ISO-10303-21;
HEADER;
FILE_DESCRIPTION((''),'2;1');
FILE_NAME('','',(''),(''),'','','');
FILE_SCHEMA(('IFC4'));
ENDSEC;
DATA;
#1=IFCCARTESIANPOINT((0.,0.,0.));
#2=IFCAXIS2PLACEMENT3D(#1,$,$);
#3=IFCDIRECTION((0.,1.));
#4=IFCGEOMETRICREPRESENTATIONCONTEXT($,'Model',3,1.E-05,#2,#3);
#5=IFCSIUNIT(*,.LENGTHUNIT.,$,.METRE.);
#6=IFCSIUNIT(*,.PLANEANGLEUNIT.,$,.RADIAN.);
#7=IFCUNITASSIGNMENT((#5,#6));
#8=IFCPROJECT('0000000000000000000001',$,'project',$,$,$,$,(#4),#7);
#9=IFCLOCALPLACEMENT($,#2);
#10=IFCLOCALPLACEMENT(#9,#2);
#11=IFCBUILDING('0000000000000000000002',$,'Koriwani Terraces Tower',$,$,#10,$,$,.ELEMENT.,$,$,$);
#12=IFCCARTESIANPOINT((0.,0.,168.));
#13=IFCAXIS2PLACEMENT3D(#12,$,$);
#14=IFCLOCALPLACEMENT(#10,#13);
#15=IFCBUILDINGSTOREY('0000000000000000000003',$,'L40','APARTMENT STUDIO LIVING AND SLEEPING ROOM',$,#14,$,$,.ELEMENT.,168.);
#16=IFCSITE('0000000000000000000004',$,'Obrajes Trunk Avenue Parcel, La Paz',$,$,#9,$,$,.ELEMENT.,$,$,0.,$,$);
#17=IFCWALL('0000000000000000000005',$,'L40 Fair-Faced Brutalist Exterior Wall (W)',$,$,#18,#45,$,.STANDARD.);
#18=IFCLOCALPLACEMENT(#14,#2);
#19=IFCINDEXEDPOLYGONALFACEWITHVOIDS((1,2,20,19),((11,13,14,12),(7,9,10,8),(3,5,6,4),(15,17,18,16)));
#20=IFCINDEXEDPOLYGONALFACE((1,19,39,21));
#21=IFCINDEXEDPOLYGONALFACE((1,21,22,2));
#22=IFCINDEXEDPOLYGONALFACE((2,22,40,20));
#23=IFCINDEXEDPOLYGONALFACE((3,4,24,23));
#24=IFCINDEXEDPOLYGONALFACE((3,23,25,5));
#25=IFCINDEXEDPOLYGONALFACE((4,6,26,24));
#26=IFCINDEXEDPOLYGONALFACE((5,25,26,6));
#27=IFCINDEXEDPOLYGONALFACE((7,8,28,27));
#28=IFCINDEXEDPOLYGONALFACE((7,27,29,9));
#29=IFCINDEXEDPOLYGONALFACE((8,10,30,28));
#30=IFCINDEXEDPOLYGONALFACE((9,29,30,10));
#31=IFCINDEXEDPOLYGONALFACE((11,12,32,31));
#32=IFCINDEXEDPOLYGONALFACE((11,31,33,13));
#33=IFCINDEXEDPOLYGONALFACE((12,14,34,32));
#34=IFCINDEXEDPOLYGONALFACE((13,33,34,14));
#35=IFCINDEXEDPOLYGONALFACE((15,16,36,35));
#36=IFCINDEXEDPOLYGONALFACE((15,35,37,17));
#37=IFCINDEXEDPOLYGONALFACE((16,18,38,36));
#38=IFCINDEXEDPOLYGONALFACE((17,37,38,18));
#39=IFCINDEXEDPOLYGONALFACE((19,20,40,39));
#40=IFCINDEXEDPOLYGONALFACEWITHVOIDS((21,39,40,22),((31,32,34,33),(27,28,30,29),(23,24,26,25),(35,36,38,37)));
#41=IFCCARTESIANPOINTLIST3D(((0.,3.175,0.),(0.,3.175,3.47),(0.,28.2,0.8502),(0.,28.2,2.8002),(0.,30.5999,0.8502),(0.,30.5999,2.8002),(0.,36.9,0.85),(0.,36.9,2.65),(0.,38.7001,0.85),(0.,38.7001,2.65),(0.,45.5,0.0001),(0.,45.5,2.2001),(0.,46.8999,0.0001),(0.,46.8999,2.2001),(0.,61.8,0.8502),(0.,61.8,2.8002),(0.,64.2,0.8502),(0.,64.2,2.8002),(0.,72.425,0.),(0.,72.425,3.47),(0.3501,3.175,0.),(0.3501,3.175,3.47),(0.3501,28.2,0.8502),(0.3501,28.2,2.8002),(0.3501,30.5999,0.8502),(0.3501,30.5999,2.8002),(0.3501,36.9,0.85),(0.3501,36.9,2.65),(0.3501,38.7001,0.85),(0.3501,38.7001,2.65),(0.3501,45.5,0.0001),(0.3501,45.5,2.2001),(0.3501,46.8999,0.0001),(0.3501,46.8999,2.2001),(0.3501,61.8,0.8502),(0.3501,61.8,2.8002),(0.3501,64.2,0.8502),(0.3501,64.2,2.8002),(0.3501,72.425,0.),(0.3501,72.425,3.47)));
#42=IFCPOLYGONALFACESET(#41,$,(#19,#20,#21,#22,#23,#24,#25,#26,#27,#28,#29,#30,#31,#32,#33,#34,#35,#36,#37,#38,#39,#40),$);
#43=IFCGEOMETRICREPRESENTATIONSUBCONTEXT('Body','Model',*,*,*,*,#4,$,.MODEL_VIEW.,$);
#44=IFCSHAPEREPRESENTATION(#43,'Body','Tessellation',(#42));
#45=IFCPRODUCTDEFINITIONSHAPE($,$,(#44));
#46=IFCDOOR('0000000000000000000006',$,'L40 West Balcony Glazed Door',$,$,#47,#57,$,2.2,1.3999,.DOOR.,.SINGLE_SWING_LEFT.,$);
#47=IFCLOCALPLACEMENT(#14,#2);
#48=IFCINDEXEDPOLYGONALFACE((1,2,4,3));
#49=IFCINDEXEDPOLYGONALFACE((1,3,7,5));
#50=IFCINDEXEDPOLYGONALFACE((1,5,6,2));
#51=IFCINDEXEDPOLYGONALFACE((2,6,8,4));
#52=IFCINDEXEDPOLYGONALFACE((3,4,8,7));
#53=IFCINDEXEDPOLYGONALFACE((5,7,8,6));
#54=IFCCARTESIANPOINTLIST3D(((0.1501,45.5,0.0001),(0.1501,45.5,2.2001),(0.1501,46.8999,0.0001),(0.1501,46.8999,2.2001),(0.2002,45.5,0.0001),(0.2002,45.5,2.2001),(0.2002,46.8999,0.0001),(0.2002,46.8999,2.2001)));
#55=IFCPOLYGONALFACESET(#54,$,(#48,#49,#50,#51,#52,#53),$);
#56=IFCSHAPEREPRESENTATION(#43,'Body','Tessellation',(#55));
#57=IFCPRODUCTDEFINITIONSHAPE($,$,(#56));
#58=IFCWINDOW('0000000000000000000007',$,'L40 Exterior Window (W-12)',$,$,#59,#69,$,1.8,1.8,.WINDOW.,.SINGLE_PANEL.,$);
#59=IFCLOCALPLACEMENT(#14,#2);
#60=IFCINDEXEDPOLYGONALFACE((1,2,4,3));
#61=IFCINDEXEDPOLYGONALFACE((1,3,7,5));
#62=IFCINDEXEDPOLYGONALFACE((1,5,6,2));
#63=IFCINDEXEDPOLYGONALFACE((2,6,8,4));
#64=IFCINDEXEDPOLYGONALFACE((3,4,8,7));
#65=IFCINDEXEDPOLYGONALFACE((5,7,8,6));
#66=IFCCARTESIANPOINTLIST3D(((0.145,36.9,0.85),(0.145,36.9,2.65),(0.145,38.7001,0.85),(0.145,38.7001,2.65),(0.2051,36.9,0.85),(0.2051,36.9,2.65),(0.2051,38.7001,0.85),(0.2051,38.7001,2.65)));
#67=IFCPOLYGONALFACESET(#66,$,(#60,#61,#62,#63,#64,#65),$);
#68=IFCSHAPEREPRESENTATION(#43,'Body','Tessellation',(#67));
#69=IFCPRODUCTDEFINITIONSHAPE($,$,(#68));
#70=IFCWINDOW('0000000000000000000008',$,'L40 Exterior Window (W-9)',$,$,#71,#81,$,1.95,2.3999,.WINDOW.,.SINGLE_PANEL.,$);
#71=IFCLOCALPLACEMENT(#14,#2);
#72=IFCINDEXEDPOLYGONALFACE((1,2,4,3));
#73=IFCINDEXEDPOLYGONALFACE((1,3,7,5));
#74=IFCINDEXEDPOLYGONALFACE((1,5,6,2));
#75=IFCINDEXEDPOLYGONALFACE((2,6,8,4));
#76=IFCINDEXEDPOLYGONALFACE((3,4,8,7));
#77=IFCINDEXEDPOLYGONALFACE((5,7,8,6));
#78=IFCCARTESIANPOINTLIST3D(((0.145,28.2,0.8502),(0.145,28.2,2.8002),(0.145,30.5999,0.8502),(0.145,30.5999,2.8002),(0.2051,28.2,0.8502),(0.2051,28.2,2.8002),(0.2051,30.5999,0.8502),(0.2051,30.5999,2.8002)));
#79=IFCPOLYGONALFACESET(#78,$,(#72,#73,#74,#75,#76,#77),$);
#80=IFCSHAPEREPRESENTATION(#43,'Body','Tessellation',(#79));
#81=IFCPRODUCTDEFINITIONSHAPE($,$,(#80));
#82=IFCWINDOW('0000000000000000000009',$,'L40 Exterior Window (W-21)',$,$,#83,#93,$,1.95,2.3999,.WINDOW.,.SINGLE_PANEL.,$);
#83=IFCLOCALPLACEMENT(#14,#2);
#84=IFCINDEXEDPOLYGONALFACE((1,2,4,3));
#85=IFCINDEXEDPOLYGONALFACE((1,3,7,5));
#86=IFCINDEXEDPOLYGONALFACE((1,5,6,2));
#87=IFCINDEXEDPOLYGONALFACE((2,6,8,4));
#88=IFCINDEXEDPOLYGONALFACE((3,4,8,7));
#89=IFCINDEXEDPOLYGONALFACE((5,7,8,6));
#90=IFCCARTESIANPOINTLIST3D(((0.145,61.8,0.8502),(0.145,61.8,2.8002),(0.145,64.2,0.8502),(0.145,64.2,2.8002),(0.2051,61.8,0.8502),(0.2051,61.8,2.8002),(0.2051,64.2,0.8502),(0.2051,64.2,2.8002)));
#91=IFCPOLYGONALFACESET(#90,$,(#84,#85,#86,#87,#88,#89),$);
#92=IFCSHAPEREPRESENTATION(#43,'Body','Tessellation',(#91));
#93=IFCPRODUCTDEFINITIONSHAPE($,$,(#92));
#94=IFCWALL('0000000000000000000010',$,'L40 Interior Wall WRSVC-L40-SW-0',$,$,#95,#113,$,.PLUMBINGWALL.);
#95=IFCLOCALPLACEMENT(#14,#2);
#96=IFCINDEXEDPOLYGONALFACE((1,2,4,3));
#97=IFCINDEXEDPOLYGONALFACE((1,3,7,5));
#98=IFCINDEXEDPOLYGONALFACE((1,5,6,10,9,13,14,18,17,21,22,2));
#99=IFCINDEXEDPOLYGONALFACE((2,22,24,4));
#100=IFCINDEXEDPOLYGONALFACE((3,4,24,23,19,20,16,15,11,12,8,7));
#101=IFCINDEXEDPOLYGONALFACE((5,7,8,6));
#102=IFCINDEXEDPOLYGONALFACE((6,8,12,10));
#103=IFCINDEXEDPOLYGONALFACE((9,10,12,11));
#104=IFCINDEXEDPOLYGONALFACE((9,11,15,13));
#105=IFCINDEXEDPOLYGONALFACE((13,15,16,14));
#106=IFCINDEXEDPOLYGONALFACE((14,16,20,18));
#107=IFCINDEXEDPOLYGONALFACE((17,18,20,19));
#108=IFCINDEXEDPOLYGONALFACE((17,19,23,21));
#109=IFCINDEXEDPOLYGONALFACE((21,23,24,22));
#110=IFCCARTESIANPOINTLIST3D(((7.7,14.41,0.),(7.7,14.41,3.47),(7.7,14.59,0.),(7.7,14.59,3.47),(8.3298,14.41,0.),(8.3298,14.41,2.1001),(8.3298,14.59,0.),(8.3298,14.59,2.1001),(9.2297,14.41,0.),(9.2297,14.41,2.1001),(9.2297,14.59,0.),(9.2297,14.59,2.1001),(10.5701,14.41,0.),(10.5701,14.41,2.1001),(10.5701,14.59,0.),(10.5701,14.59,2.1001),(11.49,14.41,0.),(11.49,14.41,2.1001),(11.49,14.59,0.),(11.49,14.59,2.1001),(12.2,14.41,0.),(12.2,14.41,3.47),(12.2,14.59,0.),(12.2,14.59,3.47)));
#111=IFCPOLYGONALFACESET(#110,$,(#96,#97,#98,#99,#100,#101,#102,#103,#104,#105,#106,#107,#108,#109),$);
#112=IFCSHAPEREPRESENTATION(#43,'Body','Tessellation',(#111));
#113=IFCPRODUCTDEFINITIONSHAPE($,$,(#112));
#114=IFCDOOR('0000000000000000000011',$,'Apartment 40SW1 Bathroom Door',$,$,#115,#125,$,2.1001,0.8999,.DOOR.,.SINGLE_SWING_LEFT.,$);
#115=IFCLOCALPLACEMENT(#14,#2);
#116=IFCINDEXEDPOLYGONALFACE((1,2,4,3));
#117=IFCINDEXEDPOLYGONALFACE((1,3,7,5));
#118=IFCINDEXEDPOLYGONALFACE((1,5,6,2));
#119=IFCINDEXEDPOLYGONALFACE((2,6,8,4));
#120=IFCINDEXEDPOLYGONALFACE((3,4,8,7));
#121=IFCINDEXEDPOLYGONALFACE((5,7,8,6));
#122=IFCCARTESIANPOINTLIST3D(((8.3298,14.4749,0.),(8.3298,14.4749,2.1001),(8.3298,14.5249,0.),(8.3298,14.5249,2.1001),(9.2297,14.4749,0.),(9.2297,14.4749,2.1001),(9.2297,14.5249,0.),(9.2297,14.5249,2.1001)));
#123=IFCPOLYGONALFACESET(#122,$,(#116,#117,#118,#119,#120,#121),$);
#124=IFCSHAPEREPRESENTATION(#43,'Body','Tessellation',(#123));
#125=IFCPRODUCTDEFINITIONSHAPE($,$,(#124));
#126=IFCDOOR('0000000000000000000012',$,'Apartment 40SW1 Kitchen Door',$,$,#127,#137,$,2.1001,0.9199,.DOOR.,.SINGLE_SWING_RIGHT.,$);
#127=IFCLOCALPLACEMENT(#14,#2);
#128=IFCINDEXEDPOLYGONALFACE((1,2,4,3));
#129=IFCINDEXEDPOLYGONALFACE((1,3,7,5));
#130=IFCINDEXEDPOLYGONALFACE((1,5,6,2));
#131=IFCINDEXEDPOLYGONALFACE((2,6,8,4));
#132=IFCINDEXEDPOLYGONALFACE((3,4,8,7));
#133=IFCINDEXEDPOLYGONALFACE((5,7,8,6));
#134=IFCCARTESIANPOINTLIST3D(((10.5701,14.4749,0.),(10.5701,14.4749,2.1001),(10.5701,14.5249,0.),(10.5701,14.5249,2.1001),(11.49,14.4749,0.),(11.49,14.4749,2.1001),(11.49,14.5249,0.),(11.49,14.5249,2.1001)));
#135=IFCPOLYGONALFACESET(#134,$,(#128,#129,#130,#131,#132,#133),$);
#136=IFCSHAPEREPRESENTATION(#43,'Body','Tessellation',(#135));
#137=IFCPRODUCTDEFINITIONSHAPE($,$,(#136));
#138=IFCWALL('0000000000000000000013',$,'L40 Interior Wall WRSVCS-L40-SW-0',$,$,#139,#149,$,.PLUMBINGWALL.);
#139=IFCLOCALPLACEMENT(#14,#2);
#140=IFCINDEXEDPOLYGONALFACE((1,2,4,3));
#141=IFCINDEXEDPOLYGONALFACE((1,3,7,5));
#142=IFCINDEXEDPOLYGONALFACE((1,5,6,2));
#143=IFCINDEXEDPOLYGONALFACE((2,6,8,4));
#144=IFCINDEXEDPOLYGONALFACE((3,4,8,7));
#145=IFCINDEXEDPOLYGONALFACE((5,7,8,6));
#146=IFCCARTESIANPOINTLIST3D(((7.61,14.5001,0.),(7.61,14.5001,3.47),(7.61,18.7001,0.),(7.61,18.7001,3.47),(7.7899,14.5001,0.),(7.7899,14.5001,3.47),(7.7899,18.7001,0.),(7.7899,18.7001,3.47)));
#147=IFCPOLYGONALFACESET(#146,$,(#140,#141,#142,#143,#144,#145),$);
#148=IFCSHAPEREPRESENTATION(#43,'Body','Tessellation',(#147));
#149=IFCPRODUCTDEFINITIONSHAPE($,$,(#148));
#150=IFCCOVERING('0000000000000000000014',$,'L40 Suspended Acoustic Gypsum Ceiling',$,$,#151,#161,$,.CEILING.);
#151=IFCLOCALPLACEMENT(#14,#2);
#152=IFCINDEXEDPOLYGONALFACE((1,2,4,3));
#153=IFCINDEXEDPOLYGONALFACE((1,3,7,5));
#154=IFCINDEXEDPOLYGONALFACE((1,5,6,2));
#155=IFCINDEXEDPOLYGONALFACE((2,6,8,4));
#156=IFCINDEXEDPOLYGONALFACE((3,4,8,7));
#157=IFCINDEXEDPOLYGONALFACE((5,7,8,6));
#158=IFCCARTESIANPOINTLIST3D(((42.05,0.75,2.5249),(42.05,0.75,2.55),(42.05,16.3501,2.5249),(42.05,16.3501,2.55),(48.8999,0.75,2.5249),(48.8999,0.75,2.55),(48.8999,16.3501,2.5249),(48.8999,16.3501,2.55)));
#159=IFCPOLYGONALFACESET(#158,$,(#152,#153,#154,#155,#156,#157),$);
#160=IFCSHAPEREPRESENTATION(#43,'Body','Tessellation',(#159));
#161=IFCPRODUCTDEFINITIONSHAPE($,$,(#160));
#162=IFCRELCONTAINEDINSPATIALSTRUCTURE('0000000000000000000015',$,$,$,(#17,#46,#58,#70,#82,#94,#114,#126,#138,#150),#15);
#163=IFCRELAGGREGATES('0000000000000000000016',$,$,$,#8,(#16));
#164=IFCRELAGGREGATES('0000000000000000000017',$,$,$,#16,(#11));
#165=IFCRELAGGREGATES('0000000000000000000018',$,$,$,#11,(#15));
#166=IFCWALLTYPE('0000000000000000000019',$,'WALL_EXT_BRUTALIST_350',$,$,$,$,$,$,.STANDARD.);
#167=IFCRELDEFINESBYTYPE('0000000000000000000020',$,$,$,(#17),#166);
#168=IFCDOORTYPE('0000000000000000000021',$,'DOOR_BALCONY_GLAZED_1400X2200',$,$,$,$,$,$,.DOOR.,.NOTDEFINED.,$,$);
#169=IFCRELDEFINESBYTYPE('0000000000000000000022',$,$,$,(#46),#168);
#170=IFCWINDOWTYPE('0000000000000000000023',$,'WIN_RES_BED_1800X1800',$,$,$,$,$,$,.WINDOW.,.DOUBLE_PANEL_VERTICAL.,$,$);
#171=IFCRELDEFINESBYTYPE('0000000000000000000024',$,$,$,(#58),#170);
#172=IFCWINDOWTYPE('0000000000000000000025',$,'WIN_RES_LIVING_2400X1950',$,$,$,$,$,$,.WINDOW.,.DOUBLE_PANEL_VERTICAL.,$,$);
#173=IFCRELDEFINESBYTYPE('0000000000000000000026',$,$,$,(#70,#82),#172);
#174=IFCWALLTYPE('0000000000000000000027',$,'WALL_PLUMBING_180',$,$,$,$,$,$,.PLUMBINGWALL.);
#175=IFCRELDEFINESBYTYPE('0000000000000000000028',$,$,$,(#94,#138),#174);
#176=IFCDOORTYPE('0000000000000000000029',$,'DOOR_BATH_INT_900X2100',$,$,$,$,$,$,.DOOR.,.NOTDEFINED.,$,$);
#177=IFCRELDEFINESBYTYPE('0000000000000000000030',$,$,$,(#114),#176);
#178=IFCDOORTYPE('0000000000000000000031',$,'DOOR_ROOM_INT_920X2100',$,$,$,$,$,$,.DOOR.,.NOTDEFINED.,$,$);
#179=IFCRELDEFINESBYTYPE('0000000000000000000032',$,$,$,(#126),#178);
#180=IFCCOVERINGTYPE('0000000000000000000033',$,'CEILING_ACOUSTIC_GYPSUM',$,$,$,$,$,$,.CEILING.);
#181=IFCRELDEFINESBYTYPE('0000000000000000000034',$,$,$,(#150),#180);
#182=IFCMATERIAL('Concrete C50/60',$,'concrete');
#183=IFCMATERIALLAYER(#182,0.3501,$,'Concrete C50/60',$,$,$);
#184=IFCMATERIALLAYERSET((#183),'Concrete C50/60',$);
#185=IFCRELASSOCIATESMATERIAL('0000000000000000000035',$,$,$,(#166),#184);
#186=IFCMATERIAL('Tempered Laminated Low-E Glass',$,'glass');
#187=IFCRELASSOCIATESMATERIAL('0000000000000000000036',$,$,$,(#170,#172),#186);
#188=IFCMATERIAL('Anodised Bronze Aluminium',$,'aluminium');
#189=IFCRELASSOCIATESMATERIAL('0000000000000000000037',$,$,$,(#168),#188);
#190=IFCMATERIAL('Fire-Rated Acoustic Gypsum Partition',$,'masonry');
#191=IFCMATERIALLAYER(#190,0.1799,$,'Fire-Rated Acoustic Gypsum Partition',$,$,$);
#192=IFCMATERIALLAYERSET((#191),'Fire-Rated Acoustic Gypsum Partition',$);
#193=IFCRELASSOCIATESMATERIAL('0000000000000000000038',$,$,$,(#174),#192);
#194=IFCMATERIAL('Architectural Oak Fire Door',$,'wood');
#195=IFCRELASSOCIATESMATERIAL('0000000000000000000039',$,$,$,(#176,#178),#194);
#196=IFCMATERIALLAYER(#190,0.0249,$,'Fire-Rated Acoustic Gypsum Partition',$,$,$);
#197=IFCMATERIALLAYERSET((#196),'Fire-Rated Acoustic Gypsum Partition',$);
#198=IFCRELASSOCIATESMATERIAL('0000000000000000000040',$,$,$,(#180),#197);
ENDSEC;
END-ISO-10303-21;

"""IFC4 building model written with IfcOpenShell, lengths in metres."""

from ifc_helpers import new_model, si_unit, direction, frame, frame_2d, origin, place, context, subcontext, project, spatial, polyline, rectangle, outline, extrude, material, layer, layer_set, type_object, element, fill, save


model = new_model("IFC4")

# Units and contexts
model_context = context("Model", 3, precision=1e-05, world=origin(), true_north=direction((0.0, 1.0)))
body_context = subcontext(model_context, "Body", "Model", "MODEL_VIEW")
ifc_project = project(units=[si_unit("LENGTHUNIT", "METRE"), si_unit("PLANEANGLEUNIT", "RADIAN")], contexts=[model_context])

# Site, building, storey
site_placement = place(None, origin())
site = spatial("IfcSite", under=ifc_project, at=site_placement, Name="Obrajes Trunk Avenue Parcel, La Paz", CompositionType="ELEMENT", RefElevation=0.0)
building_placement = place(site_placement, origin())
building = spatial("IfcBuilding", under=site, at=building_placement, Name="Koriwani Terraces Tower", CompositionType="ELEMENT")
storey_placement = place(building_placement, frame((0.0, 0.0, 168.0)))
storey = spatial("IfcBuildingStorey", under=building, at=storey_placement, Name="L40", Description="APARTMENT STUDIO LIVING AND SLEEPING ROOM", CompositionType="ELEMENT", Elevation=168.0)

# Shared definitions
ifc_material_1 = material(Name="Concrete C50/60", Category="concrete")

# Shared definitions
ifc_layer_1 = layer(ifc_material_1, 0.3501, Name="Concrete C50/60")
ifc_layer_set_1 = layer_set([ifc_layer_1], Name="Concrete C50/60")
wall_type_1 = type_object("IfcWallType", Name="WALL_EXT_BRUTALIST_350", PredefinedType="STANDARD", material=ifc_layer_set_1)
ifc_material_2 = material(Name="Tempered Laminated Low-E Glass", Category="glass")
window_type_1 = type_object("IfcWindowType", Name="WIN_RES_BED_1800X1800", PartitioningType="DOUBLE_PANEL_VERTICAL", PredefinedType="WINDOW", material=ifc_material_2)

# Wall, openings, door, windows
wall_1_placement = place(storey_placement, frame((0.175, 3.175, 0.0), z_axis=(0.0, 0.0, 1.0), x_axis=(0.0, 1.0, 0.0)))
wall_1 = element("IfcWall", 1, at=wall_1_placement, inside=storey, type_object=wall_type_1, Name="L40 Fair-Faced Brutalist Exterior Wall (W)", PredefinedType="STANDARD", context=body_context, shape_type="SweptSolid", body=[
    extrude(rectangle(XDim=69.25, YDim=0.3501, at=frame_2d((34.625, 0.0))), origin(), (0.0, 0.0, 1.0), 3.47),
])
opening_1_placement = place(wall_1_placement, frame((42.325, 0.0, 0.0)))
opening_1 = element("IfcOpeningElement", 2, at=opening_1_placement, cuts=wall_1, PredefinedType="OPENING", context=body_context, shape_type="SweptSolid", body=[
    extrude(rectangle(XDim=1.3999, YDim=2.2, at=frame_2d((0.7, 1.1001))), frame((0.0, 0.1851, 0.0), z_axis=(0.0, -1.0, 0.0), x_axis=(1.0, 0.0, 0.0)), (0.0, 0.0, 1.0), 0.3701),
])
opening_2_placement = place(wall_1_placement, frame((25.0249, 0.0, 0.8501)))
opening_2 = element("IfcOpeningElement", 3, at=opening_2_placement, cuts=wall_1, PredefinedType="OPENING", context=body_context, shape_type="SweptSolid", body=[
    extrude(rectangle(XDim=2.3999, YDim=1.95, at=frame_2d((1.2, 0.9751))), frame((0.0, 0.1851, 0.0), z_axis=(0.0, -1.0, 0.0), x_axis=(1.0, 0.0, 0.0)), (0.0, 0.0, 1.0), 0.3701),
])
opening_3_placement = place(wall_1_placement, frame((33.7251, 0.0, 0.8501)))
opening_3 = element("IfcOpeningElement", 4, at=opening_3_placement, cuts=wall_1, PredefinedType="OPENING", context=body_context, shape_type="SweptSolid", body=[
    extrude(rectangle(XDim=1.8, YDim=1.8, at=frame_2d((0.8999, 0.8999))), frame((0.0, 0.1851, 0.0), z_axis=(0.0, -1.0, 0.0), x_axis=(1.0, 0.0, 0.0)), (0.0, 0.0, 1.0), 0.3701),
])
opening_4_placement = place(wall_1_placement, frame((58.625, 0.0, 0.8501)))
opening_4 = element("IfcOpeningElement", 5, at=opening_4_placement, cuts=wall_1, PredefinedType="OPENING", context=body_context, shape_type="SweptSolid", body=[
    extrude(rectangle(XDim=2.3999, YDim=1.95, at=frame_2d((1.2, 0.9751))), frame((0.0, 0.1851, 0.0), z_axis=(0.0, -1.0, 0.0), x_axis=(1.0, 0.0, 0.0)), (0.0, 0.0, 1.0), 0.3701),
])
ifc_material_3 = material(Name="Anodised Bronze Aluminium", Category="aluminium")
door_type_1 = type_object("IfcDoorType", Name="DOOR_BALCONY_GLAZED_1400X2200", OperationType="NOTDEFINED", PredefinedType="DOOR", material=ifc_material_3)
door_1_placement = place(opening_1_placement, origin())
door_1 = element("IfcDoor", 6, at=door_1_placement, inside=storey, type_object=door_type_1, Name="L40 West Balcony Glazed Door", OperationType="SINGLE_SWING_LEFT", OverallHeight=2.2, OverallWidth=1.3999, PredefinedType="DOOR", context=body_context, shape_type="SweptSolid", body=[
    extrude(rectangle(XDim=1.3999, YDim=2.2, at=frame_2d((0.7, 1.1001))), frame((0.0, 0.0249, 0.0), z_axis=(0.0, -1.0, 0.0), x_axis=(1.0, 0.0, 0.0)), (0.0, 0.0, 1.0), 0.05),
])
fill(opening_1, door_1)
window_1_placement = place(opening_3_placement, origin())
window_1 = element("IfcWindow", 7, at=window_1_placement, inside=storey, type_object=window_type_1, Name="L40 Exterior Window (W-12)", OverallHeight=1.8, OverallWidth=1.8, PartitioningType="SINGLE_PANEL", PredefinedType="WINDOW", context=body_context, shape_type="SweptSolid", body=[
    extrude(rectangle(XDim=1.8, YDim=1.8, at=frame_2d((0.8999, 0.8999))), frame((0.0, 0.03, 0.0), z_axis=(0.0, -1.0, 0.0), x_axis=(1.0, 0.0, 0.0)), (0.0, 0.0, 1.0), 0.0601),
])
fill(opening_3, window_1)
window_type_2 = type_object("IfcWindowType", Name="WIN_RES_LIVING_2400X1950", PartitioningType="DOUBLE_PANEL_VERTICAL", PredefinedType="WINDOW", material=ifc_material_2)
window_2_placement = place(opening_2_placement, origin())
window_2 = element("IfcWindow", 8, at=window_2_placement, inside=storey, type_object=window_type_2, Name="L40 Exterior Window (W-9)", OverallHeight=1.95, OverallWidth=2.3999, PartitioningType="SINGLE_PANEL", PredefinedType="WINDOW", context=body_context, shape_type="SweptSolid", body=[
    extrude(rectangle(XDim=2.3999, YDim=1.95, at=frame_2d((1.2, 0.9751))), frame((0.0, 0.03, 0.0), z_axis=(0.0, -1.0, 0.0), x_axis=(1.0, 0.0, 0.0)), (0.0, 0.0, 1.0), 0.0601),
])
fill(opening_2, window_2)
window_3_placement = place(opening_4_placement, origin())
window_3 = element("IfcWindow", 9, at=window_3_placement, inside=storey, type_object=window_type_2, Name="L40 Exterior Window (W-21)", OverallHeight=1.95, OverallWidth=2.3999, PartitioningType="SINGLE_PANEL", PredefinedType="WINDOW", context=body_context, shape_type="SweptSolid", body=[
    extrude(rectangle(XDim=2.3999, YDim=1.95, at=frame_2d((1.2, 0.9751))), frame((0.0, 0.03, 0.0), z_axis=(0.0, -1.0, 0.0), x_axis=(1.0, 0.0, 0.0)), (0.0, 0.0, 1.0), 0.0601),
])
fill(opening_4, window_3)

# Wall, openings, doors
ifc_material_4 = material(Name="Fire-Rated Acoustic Gypsum Partition", Category="masonry")
ifc_layer_2 = layer(ifc_material_4, 0.1799, Name="Fire-Rated Acoustic Gypsum Partition")
ifc_layer_set_2 = layer_set([ifc_layer_2], Name="Fire-Rated Acoustic Gypsum Partition")
wall_type_2 = type_object("IfcWallType", Name="WALL_PLUMBING_180", PredefinedType="PLUMBINGWALL", material=ifc_layer_set_2)
wall_2_placement = place(storey_placement, frame((7.7, 14.5, 0.0), z_axis=(0.0, 0.0, 1.0), x_axis=(1.0, 0.0, 0.0)))
wall_2 = element("IfcWall", 10, at=wall_2_placement, inside=storey, type_object=wall_type_2, Name="L40 Interior Wall WRSVC-L40-SW-0", PredefinedType="PLUMBINGWALL", context=body_context, shape_type="SweptSolid", body=[
    extrude(rectangle(XDim=4.5, YDim=0.1799, at=frame_2d((2.25, 0.0))), origin(), (0.0, 0.0, 1.0), 3.47),
])
opening_5_placement = place(wall_2_placement, frame((0.6299, 0.0, 0.0)))
opening_5 = element("IfcOpeningElement", 11, at=opening_5_placement, cuts=wall_2, PredefinedType="OPENING", context=body_context, shape_type="SweptSolid", body=[
    extrude(rectangle(XDim=0.8999, YDim=2.1001, at=frame_2d((0.45, 1.05))), frame((0.0, 0.1001, 0.0), z_axis=(0.0, -1.0, 0.0), x_axis=(1.0, 0.0, 0.0)), (0.0, 0.0, 1.0), 0.2),
])
opening_6_placement = place(wall_2_placement, frame((2.8701, 0.0, 0.0)))
opening_6 = element("IfcOpeningElement", 12, at=opening_6_placement, cuts=wall_2, PredefinedType="OPENING", context=body_context, shape_type="SweptSolid", body=[
    extrude(rectangle(XDim=0.9199, YDim=2.1001, at=frame_2d((0.46, 1.05))), frame((0.0, 0.1001, 0.0), z_axis=(0.0, -1.0, 0.0), x_axis=(1.0, 0.0, 0.0)), (0.0, 0.0, 1.0), 0.2),
])
ifc_material_5 = material(Name="Architectural Oak Fire Door", Category="wood")
door_type_2 = type_object("IfcDoorType", Name="DOOR_BATH_INT_900X2100", OperationType="NOTDEFINED", PredefinedType="DOOR", material=ifc_material_5)
door_2_placement = place(opening_5_placement, origin())
door_2 = element("IfcDoor", 13, at=door_2_placement, inside=storey, type_object=door_type_2, Name="Apartment 40SW1 Bathroom Door", OperationType="SINGLE_SWING_LEFT", OverallHeight=2.1001, OverallWidth=0.8999, PredefinedType="DOOR", context=body_context, shape_type="SweptSolid", body=[
    extrude(rectangle(XDim=0.8999, YDim=2.1001, at=frame_2d((0.45, 1.05))), frame((0.0, 0.0249, 0.0), z_axis=(0.0, -1.0, 0.0), x_axis=(1.0, 0.0, 0.0)), (0.0, 0.0, 1.0), 0.05),
])
fill(opening_5, door_2)
door_type_3 = type_object("IfcDoorType", Name="DOOR_ROOM_INT_920X2100", OperationType="NOTDEFINED", PredefinedType="DOOR", material=ifc_material_5)
door_3_placement = place(opening_6_placement, origin())
door_3 = element("IfcDoor", 14, at=door_3_placement, inside=storey, type_object=door_type_3, Name="Apartment 40SW1 Kitchen Door", OperationType="SINGLE_SWING_RIGHT", OverallHeight=2.1001, OverallWidth=0.9199, PredefinedType="DOOR", context=body_context, shape_type="SweptSolid", body=[
    extrude(rectangle(XDim=0.9199, YDim=2.1001, at=frame_2d((0.46, 1.05))), frame((0.0, 0.0249, 0.0), z_axis=(0.0, -1.0, 0.0), x_axis=(1.0, 0.0, 0.0)), (0.0, 0.0, 1.0), 0.05),
])
fill(opening_6, door_3)

# Wall
wall_3_placement = place(storey_placement, frame((7.7, 14.5, 0.0), z_axis=(0.0, 0.0, 1.0), x_axis=(0.0, 1.0, 0.0)))
element("IfcWall", 15, at=wall_3_placement, inside=storey, type_object=wall_type_2, Name="L40 Interior Wall WRSVCS-L40-SW-0", PredefinedType="PLUMBINGWALL", context=body_context, shape_type="SweptSolid", body=[
    extrude(rectangle(XDim=4.2, YDim=0.1799, at=frame_2d((2.1001, 0.0))), origin(), (0.0, 0.0, 1.0), 3.47),
])

# Covering
ifc_layer_3 = layer(ifc_material_4, 0.0249, Name="Fire-Rated Acoustic Gypsum Partition")
ifc_layer_set_3 = layer_set([ifc_layer_3], Name="Fire-Rated Acoustic Gypsum Partition")
covering_type_1 = type_object("IfcCoveringType", Name="CEILING_ACOUSTIC_GYPSUM", PredefinedType="CEILING", material=ifc_layer_set_3)
covering_1_placement = place(storey_placement, frame((0.0, 0.0, 2.5249)))
element("IfcCovering", 16, at=covering_1_placement, inside=storey, type_object=covering_type_1, Name="L40 Suspended Acoustic Gypsum Ceiling", PredefinedType="CEILING", context=body_context, shape_type="SweptSolid", body=[
    extrude(outline(polyline([(42.05, 0.75), (42.05, 16.3501), (48.8999, 16.3501), (48.8999, 0.75), (42.05, 0.75)])), origin(), (0.0, 0.0, 1.0), 0.0251),
])

save(model, "model.ifc")
